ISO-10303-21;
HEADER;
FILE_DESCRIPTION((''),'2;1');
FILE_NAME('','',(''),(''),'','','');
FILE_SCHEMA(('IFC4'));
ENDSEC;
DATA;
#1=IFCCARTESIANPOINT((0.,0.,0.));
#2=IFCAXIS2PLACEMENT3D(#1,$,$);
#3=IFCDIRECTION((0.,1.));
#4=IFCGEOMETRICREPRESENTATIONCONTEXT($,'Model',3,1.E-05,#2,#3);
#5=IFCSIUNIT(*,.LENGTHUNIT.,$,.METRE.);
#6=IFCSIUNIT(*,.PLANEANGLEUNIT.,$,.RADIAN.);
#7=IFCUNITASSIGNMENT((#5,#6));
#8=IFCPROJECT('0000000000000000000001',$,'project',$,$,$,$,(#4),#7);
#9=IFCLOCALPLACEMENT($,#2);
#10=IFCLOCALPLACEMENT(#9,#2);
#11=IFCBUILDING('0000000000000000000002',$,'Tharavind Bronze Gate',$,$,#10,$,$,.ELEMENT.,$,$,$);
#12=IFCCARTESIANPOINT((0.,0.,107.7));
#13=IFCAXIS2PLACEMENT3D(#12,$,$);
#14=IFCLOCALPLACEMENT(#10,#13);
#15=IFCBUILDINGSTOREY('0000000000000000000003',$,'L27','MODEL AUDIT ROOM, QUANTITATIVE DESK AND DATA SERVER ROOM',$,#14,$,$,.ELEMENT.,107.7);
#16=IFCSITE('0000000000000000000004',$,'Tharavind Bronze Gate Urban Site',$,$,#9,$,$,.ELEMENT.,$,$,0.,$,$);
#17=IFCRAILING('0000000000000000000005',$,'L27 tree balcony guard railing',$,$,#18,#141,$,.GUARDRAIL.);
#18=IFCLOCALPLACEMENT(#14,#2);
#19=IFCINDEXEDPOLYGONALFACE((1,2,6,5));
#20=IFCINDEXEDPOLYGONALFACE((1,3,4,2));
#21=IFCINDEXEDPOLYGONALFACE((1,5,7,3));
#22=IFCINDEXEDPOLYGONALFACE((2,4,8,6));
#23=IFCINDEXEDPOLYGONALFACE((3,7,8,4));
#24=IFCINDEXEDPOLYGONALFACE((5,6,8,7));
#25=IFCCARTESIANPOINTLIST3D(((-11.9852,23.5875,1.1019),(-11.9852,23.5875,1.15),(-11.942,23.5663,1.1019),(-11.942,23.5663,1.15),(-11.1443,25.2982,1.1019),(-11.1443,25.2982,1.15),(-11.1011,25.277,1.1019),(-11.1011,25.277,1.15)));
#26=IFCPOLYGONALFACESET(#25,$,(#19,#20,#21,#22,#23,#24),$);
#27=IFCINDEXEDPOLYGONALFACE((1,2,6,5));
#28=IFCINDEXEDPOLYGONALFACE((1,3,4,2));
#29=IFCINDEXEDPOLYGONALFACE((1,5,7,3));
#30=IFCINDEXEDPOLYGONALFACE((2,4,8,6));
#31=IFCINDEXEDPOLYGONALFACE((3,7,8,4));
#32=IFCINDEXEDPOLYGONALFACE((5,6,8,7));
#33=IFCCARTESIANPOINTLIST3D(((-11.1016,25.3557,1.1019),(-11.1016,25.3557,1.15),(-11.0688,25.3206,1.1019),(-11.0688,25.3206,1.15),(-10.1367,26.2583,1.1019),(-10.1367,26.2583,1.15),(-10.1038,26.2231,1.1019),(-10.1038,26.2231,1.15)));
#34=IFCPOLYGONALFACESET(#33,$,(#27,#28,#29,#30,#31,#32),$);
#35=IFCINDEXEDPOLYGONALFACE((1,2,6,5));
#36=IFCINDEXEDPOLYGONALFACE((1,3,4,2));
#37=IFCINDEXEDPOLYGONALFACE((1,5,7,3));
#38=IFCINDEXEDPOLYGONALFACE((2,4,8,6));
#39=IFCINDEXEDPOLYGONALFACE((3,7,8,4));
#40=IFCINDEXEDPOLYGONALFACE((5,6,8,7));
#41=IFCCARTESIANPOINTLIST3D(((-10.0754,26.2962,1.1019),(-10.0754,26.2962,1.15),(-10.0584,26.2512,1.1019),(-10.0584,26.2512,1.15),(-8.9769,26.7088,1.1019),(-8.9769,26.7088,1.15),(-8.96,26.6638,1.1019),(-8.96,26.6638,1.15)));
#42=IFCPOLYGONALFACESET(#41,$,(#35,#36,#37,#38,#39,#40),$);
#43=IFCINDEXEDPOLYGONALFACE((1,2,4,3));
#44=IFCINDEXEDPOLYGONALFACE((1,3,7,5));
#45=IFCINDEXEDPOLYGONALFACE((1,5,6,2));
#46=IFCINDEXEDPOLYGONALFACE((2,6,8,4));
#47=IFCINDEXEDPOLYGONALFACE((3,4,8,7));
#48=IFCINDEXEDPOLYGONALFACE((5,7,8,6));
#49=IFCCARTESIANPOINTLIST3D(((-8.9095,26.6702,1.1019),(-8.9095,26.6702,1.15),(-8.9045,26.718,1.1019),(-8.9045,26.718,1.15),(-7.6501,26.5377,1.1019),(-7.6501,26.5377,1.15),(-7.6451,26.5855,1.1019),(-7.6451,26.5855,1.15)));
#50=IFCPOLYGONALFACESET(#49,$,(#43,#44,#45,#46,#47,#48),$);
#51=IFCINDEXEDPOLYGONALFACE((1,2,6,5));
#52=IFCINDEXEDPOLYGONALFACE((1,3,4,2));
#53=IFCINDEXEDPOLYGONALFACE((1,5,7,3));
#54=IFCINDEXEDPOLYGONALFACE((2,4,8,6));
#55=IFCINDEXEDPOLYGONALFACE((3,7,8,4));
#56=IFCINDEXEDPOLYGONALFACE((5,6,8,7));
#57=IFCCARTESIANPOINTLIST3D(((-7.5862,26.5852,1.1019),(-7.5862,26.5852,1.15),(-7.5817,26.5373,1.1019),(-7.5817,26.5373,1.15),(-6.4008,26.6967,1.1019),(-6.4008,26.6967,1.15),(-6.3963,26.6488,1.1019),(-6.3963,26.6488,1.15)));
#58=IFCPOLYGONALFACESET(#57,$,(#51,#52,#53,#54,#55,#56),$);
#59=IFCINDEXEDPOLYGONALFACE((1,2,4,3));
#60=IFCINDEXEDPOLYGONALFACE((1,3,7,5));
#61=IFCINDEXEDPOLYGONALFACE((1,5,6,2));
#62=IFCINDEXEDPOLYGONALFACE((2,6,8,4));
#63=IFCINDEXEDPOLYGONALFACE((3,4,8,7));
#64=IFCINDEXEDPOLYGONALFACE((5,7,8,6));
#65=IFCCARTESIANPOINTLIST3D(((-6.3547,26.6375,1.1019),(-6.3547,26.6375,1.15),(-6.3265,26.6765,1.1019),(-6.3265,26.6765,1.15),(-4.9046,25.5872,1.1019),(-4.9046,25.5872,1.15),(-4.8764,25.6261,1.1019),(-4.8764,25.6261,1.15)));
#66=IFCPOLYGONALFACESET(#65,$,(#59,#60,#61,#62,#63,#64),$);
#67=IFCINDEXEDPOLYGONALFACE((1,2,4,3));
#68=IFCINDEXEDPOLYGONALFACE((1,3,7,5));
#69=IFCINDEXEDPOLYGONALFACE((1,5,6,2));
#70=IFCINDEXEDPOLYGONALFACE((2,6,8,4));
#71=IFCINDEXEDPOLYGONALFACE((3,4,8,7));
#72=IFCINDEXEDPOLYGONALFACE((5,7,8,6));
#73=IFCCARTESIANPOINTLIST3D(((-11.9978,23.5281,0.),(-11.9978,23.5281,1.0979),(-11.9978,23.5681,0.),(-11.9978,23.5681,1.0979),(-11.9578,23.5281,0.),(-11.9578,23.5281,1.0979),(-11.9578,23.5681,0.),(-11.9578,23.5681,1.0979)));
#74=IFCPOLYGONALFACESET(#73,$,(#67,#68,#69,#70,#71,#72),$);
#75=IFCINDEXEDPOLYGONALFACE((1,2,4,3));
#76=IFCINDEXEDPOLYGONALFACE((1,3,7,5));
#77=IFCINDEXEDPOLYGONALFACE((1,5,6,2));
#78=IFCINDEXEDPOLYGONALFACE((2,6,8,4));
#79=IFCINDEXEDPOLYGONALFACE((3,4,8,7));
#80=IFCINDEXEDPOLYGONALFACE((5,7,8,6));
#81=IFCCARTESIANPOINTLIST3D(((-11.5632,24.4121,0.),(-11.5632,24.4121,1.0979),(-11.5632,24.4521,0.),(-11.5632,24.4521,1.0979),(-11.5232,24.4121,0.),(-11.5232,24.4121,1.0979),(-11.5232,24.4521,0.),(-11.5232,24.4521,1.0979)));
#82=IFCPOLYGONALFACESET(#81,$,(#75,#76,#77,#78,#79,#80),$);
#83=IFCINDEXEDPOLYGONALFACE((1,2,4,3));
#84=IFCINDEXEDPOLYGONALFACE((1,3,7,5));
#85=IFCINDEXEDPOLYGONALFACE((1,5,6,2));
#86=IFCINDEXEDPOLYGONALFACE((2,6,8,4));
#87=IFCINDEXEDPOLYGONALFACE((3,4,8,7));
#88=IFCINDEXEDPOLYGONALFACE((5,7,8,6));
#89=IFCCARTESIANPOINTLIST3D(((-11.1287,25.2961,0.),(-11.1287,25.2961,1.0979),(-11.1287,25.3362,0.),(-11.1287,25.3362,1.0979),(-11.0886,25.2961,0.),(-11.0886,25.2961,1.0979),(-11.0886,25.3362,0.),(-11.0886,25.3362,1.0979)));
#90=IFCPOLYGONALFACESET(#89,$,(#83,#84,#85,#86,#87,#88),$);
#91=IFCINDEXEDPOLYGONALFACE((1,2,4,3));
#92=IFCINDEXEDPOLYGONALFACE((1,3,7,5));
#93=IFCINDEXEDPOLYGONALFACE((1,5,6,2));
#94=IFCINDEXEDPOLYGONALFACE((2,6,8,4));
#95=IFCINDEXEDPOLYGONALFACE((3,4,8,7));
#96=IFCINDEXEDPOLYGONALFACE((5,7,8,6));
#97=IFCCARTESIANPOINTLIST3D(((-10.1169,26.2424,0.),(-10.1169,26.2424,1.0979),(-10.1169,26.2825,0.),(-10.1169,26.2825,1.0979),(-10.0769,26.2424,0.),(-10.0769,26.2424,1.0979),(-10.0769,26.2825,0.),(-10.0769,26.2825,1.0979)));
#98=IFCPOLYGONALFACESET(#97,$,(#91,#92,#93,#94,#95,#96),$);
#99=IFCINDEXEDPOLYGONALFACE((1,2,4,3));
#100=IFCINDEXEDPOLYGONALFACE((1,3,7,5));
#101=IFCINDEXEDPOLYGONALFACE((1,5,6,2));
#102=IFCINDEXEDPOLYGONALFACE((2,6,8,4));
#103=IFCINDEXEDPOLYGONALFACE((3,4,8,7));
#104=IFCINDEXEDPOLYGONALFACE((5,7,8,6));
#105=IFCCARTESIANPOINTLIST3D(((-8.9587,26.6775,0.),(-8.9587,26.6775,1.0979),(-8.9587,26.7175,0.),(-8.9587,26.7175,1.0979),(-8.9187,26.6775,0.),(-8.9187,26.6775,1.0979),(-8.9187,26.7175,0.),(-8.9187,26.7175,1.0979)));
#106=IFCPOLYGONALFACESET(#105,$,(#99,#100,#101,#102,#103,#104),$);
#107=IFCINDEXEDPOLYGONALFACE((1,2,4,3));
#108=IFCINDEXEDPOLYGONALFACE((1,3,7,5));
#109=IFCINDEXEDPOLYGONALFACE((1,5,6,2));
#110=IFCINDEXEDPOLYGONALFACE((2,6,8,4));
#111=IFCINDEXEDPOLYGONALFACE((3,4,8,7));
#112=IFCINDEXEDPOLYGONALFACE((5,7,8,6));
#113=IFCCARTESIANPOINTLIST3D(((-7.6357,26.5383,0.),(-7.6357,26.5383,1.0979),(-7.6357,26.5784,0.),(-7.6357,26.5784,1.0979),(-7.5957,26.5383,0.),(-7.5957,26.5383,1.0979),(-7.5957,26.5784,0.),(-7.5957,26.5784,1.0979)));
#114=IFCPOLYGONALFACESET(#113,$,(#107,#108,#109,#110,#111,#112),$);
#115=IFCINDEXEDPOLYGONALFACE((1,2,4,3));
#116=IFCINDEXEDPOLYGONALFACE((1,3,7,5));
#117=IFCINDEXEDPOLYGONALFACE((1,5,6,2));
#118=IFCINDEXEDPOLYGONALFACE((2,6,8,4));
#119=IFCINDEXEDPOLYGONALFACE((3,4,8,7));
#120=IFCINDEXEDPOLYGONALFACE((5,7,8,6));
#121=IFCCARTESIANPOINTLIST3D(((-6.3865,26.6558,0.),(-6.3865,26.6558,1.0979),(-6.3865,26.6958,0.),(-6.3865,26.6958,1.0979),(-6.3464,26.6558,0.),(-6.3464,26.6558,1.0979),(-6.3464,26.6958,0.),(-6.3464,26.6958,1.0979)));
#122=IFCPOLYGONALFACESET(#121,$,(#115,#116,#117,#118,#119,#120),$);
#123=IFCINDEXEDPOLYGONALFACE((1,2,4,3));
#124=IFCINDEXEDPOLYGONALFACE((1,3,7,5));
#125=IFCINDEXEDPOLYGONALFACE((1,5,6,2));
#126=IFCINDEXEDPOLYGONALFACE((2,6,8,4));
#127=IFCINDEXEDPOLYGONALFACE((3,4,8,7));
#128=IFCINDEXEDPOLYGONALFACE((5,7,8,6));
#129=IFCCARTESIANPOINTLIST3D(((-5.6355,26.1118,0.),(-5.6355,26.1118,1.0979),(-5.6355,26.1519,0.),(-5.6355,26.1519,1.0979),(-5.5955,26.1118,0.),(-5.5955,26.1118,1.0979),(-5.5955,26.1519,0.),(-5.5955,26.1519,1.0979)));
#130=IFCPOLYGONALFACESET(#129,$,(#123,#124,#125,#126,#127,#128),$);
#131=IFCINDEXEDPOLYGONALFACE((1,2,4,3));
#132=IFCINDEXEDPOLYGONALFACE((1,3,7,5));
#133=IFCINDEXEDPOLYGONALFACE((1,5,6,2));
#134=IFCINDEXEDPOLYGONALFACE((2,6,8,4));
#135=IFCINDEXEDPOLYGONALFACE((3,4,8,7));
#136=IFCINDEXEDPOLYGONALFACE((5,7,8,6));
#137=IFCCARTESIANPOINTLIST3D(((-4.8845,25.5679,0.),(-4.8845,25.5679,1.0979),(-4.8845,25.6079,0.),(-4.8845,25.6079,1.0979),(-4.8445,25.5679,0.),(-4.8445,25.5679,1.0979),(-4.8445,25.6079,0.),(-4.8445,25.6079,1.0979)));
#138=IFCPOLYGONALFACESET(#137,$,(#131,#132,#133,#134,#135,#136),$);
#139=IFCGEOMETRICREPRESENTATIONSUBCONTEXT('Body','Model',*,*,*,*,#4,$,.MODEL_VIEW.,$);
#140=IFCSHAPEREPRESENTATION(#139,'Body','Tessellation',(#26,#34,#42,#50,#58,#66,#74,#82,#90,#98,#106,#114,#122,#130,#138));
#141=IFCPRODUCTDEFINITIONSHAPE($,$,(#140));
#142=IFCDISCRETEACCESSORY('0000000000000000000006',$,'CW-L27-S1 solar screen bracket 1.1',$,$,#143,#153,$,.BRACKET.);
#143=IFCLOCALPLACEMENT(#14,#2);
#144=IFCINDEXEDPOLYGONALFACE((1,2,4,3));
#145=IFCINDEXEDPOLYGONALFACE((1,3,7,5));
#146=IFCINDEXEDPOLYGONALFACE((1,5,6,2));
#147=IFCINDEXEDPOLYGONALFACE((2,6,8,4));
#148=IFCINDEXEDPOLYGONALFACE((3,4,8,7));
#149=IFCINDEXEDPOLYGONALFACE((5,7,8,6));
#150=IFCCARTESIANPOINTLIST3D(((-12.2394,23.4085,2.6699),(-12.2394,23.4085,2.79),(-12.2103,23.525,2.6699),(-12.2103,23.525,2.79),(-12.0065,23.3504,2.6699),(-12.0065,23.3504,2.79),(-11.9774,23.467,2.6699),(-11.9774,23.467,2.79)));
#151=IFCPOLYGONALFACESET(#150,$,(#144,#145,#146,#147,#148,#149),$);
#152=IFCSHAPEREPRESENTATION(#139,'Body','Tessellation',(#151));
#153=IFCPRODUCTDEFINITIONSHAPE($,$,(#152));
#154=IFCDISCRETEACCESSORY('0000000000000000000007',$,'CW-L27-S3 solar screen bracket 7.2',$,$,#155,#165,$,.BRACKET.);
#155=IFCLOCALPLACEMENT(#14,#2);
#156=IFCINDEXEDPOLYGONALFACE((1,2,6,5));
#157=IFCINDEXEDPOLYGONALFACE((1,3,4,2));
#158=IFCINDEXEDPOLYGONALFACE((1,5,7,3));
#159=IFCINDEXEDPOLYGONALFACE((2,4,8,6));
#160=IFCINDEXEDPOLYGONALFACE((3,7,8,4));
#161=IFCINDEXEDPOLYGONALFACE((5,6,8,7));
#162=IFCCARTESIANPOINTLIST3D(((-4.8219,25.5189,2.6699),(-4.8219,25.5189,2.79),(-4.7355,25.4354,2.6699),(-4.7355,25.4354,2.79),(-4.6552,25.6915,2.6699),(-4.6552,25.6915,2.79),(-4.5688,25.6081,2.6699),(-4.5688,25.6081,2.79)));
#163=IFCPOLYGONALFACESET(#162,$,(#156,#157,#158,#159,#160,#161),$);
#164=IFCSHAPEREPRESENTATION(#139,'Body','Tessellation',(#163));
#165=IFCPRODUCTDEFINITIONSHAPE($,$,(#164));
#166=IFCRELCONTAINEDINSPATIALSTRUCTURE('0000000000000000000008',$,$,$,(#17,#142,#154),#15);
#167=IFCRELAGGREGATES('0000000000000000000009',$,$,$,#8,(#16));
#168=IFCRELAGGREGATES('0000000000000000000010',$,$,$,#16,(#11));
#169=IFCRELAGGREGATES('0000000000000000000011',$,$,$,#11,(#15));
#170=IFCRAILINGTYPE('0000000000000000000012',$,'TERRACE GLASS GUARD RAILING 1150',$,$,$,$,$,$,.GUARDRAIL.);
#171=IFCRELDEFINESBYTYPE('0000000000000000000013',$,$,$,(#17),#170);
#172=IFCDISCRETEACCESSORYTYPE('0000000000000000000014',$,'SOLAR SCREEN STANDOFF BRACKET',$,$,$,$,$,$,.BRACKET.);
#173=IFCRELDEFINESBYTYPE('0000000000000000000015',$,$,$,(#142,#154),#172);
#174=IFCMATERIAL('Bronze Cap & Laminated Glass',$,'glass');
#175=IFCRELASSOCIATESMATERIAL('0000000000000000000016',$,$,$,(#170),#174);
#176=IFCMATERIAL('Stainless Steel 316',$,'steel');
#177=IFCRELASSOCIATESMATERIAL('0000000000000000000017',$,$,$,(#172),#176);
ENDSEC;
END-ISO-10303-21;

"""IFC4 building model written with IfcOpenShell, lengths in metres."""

from ifc_helpers import new_model, si_unit, direction, frame, origin, origin_2d, place, context, subcontext, project, spatial, rectangle, extrude, material, type_object, element, save


model = new_model("IFC4")

# Units and contexts
model_context = context("Model", 3, precision=1e-05, world=origin(), true_north=direction((0.0, 1.0)))
body_context = subcontext(model_context, "Body", "Model", "MODEL_VIEW")
ifc_project = project(units=[si_unit("LENGTHUNIT", "METRE"), si_unit("PLANEANGLEUNIT", "RADIAN")], contexts=[model_context])

# Site, building, storey
site_placement = place(None, origin())
site = spatial("IfcSite", under=ifc_project, at=site_placement, Name="Tharavind Bronze Gate Urban Site", CompositionType="ELEMENT", RefElevation=0.0)
building_placement = place(site_placement, origin())
building = spatial("IfcBuilding", under=site, at=building_placement, Name="Tharavind Bronze Gate", CompositionType="ELEMENT")
storey_placement = place(building_placement, frame((0.0, 0.0, 107.7)))
storey = spatial("IfcBuildingStorey", under=building, at=storey_placement, Name="L27", Description="MODEL AUDIT ROOM, QUANTITATIVE DESK AND DATA SERVER ROOM", CompositionType="ELEMENT", Elevation=107.7)

# Railing
ifc_material_1 = material(Name="Bronze Cap & Laminated Glass", Category="glass")
railing_type = type_object("IfcRailingType", Name="TERRACE GLASS GUARD RAILING 1150", PredefinedType="GUARDRAIL", material=ifc_material_1)
railing_placement = place(storey_placement, frame((-11.9778, 23.5481, 0.0)))
element("IfcRailing", 1, at=railing_placement, inside=storey, type_object=railing_type, Name="L27 tree balcony guard railing", PredefinedType="GUARDRAIL", context=body_context, shape_type="SweptSolid", body=[
    extrude(rectangle(XDim=0.0481, YDim=0.0481, at=origin_2d()), frame((0.0142, 0.0288, 1.126), z_axis=(0.441156, 0.89743, 0.0), x_axis=(-0.89743, 0.441156, 0.0)), (0.0, 0.0, 1.0), 1.9062),
    extrude(rectangle(XDim=0.0481, YDim=0.0481, at=origin_2d()), frame((0.8926, 1.79, 1.126), z_axis=(0.730328, 0.683096, 0.0), x_axis=(-0.683096, 0.730328, 0.0)), (0.0, 0.0, 1.0), 1.3213),
    extrude(rectangle(XDim=0.0481, YDim=0.0481, at=origin_2d()), frame((1.9109, 2.7256, 1.126), z_axis=(0.936134, 0.351642, 0.0), x_axis=(-0.351642, 0.936134, 0.0)), (0.0, 0.0, 1.0), 1.1733),
    extrude(rectangle(XDim=0.0481, YDim=0.0481, at=origin_2d()), frame((3.0708, 3.146, 1.126), z_axis=(0.994513, -0.104608, 0.0), x_axis=(0.104608, 0.994513, 0.0)), (0.0, 0.0, 1.0), 1.2664),
    extrude(rectangle(XDim=0.0481, YDim=0.0481, at=origin_2d()), frame((4.3938, 3.0132, 1.126), z_axis=(0.995611, 0.093588, 0.0), x_axis=(-0.093588, 0.995611, 0.0)), (0.0, 0.0, 1.0), 1.1907),
    extrude(rectangle(XDim=0.0481, YDim=0.0481, at=origin_2d()), frame((5.6372, 3.1089, 1.126), z_axis=(0.809873, -0.586605, 0.0), x_axis=(0.586605, 0.809873, 0.0)), (0.0, 0.0, 1.0), 1.7905),
    extrude(rectangle(XDim=0.04, YDim=0.04, at=origin_2d()), origin(), (0.0, 0.0, 1.0), 1.0979),
    extrude(rectangle(XDim=0.04, YDim=0.04, at=origin_2d()), frame((0.4346, 0.884, 0.0)), (0.0, 0.0, 1.0), 1.0979),
    extrude(rectangle(XDim=0.04, YDim=0.04, at=origin_2d()), frame((0.8691, 1.7681, 0.0)), (0.0, 0.0, 1.0), 1.0979),
    extrude(rectangle(XDim=0.04, YDim=0.04, at=origin_2d()), frame((1.8809, 2.7144, 0.0)), (0.0, 0.0, 1.0), 1.0979),
    extrude(rectangle(XDim=0.04, YDim=0.04, at=origin_2d()), frame((3.0391, 3.1494, 0.0)), (0.0, 0.0, 1.0), 1.0979),
    extrude(rectangle(XDim=0.04, YDim=0.04, at=origin_2d()), frame((4.3621, 3.0103, 0.0)), (0.0, 0.0, 1.0), 1.0979),
    extrude(rectangle(XDim=0.04, YDim=0.04, at=origin_2d()), frame((5.6113, 3.1277, 0.0)), (0.0, 0.0, 1.0), 1.0979),
    extrude(rectangle(XDim=0.04, YDim=0.04, at=origin_2d()), frame((6.3623, 2.5837, 0.0)), (0.0, 0.0, 1.0), 1.0979),
    extrude(rectangle(XDim=0.04, YDim=0.04, at=origin_2d()), frame((7.1133, 2.0398, 0.0)), (0.0, 0.0, 1.0), 1.0979),
])

# Discrete accessories
ifc_material_2 = material(Name="Stainless Steel 316", Category="steel")
discrete_accessory_type = type_object("IfcDiscreteAccessoryType", Name="SOLAR SCREEN STANDOFF BRACKET", PredefinedType="BRACKET", material=ifc_material_2)
for number, where, z_axis, x_axis, name in (
    (2, (-12.1084, 23.4377, 2.6699), (0.0, 0.0, 1.0), (-0.241922, -0.970296, 0.0), "CW-L27-S1 solar screen bracket 1.1"),
    (3, (-4.6953, 25.5635, 2.6699), (0.0, 0.0, 1.0), (-0.719341, 0.694657, 0.0), "CW-L27-S3 solar screen bracket 7.2"),
):
    element("IfcDiscreteAccessory", number, at=place(storey_placement, frame(where, z_axis=z_axis, x_axis=x_axis)), inside=storey, type_object=discrete_accessory_type, Name=name, PredefinedType="BRACKET", context=body_context, shape_type="SweptSolid", body=[
        extrude(rectangle(XDim=0.1201, YDim=0.24, at=origin_2d()), origin(), (0.0, 0.0, 1.0), 0.1201),
    ])

save(model, "model.ifc")
